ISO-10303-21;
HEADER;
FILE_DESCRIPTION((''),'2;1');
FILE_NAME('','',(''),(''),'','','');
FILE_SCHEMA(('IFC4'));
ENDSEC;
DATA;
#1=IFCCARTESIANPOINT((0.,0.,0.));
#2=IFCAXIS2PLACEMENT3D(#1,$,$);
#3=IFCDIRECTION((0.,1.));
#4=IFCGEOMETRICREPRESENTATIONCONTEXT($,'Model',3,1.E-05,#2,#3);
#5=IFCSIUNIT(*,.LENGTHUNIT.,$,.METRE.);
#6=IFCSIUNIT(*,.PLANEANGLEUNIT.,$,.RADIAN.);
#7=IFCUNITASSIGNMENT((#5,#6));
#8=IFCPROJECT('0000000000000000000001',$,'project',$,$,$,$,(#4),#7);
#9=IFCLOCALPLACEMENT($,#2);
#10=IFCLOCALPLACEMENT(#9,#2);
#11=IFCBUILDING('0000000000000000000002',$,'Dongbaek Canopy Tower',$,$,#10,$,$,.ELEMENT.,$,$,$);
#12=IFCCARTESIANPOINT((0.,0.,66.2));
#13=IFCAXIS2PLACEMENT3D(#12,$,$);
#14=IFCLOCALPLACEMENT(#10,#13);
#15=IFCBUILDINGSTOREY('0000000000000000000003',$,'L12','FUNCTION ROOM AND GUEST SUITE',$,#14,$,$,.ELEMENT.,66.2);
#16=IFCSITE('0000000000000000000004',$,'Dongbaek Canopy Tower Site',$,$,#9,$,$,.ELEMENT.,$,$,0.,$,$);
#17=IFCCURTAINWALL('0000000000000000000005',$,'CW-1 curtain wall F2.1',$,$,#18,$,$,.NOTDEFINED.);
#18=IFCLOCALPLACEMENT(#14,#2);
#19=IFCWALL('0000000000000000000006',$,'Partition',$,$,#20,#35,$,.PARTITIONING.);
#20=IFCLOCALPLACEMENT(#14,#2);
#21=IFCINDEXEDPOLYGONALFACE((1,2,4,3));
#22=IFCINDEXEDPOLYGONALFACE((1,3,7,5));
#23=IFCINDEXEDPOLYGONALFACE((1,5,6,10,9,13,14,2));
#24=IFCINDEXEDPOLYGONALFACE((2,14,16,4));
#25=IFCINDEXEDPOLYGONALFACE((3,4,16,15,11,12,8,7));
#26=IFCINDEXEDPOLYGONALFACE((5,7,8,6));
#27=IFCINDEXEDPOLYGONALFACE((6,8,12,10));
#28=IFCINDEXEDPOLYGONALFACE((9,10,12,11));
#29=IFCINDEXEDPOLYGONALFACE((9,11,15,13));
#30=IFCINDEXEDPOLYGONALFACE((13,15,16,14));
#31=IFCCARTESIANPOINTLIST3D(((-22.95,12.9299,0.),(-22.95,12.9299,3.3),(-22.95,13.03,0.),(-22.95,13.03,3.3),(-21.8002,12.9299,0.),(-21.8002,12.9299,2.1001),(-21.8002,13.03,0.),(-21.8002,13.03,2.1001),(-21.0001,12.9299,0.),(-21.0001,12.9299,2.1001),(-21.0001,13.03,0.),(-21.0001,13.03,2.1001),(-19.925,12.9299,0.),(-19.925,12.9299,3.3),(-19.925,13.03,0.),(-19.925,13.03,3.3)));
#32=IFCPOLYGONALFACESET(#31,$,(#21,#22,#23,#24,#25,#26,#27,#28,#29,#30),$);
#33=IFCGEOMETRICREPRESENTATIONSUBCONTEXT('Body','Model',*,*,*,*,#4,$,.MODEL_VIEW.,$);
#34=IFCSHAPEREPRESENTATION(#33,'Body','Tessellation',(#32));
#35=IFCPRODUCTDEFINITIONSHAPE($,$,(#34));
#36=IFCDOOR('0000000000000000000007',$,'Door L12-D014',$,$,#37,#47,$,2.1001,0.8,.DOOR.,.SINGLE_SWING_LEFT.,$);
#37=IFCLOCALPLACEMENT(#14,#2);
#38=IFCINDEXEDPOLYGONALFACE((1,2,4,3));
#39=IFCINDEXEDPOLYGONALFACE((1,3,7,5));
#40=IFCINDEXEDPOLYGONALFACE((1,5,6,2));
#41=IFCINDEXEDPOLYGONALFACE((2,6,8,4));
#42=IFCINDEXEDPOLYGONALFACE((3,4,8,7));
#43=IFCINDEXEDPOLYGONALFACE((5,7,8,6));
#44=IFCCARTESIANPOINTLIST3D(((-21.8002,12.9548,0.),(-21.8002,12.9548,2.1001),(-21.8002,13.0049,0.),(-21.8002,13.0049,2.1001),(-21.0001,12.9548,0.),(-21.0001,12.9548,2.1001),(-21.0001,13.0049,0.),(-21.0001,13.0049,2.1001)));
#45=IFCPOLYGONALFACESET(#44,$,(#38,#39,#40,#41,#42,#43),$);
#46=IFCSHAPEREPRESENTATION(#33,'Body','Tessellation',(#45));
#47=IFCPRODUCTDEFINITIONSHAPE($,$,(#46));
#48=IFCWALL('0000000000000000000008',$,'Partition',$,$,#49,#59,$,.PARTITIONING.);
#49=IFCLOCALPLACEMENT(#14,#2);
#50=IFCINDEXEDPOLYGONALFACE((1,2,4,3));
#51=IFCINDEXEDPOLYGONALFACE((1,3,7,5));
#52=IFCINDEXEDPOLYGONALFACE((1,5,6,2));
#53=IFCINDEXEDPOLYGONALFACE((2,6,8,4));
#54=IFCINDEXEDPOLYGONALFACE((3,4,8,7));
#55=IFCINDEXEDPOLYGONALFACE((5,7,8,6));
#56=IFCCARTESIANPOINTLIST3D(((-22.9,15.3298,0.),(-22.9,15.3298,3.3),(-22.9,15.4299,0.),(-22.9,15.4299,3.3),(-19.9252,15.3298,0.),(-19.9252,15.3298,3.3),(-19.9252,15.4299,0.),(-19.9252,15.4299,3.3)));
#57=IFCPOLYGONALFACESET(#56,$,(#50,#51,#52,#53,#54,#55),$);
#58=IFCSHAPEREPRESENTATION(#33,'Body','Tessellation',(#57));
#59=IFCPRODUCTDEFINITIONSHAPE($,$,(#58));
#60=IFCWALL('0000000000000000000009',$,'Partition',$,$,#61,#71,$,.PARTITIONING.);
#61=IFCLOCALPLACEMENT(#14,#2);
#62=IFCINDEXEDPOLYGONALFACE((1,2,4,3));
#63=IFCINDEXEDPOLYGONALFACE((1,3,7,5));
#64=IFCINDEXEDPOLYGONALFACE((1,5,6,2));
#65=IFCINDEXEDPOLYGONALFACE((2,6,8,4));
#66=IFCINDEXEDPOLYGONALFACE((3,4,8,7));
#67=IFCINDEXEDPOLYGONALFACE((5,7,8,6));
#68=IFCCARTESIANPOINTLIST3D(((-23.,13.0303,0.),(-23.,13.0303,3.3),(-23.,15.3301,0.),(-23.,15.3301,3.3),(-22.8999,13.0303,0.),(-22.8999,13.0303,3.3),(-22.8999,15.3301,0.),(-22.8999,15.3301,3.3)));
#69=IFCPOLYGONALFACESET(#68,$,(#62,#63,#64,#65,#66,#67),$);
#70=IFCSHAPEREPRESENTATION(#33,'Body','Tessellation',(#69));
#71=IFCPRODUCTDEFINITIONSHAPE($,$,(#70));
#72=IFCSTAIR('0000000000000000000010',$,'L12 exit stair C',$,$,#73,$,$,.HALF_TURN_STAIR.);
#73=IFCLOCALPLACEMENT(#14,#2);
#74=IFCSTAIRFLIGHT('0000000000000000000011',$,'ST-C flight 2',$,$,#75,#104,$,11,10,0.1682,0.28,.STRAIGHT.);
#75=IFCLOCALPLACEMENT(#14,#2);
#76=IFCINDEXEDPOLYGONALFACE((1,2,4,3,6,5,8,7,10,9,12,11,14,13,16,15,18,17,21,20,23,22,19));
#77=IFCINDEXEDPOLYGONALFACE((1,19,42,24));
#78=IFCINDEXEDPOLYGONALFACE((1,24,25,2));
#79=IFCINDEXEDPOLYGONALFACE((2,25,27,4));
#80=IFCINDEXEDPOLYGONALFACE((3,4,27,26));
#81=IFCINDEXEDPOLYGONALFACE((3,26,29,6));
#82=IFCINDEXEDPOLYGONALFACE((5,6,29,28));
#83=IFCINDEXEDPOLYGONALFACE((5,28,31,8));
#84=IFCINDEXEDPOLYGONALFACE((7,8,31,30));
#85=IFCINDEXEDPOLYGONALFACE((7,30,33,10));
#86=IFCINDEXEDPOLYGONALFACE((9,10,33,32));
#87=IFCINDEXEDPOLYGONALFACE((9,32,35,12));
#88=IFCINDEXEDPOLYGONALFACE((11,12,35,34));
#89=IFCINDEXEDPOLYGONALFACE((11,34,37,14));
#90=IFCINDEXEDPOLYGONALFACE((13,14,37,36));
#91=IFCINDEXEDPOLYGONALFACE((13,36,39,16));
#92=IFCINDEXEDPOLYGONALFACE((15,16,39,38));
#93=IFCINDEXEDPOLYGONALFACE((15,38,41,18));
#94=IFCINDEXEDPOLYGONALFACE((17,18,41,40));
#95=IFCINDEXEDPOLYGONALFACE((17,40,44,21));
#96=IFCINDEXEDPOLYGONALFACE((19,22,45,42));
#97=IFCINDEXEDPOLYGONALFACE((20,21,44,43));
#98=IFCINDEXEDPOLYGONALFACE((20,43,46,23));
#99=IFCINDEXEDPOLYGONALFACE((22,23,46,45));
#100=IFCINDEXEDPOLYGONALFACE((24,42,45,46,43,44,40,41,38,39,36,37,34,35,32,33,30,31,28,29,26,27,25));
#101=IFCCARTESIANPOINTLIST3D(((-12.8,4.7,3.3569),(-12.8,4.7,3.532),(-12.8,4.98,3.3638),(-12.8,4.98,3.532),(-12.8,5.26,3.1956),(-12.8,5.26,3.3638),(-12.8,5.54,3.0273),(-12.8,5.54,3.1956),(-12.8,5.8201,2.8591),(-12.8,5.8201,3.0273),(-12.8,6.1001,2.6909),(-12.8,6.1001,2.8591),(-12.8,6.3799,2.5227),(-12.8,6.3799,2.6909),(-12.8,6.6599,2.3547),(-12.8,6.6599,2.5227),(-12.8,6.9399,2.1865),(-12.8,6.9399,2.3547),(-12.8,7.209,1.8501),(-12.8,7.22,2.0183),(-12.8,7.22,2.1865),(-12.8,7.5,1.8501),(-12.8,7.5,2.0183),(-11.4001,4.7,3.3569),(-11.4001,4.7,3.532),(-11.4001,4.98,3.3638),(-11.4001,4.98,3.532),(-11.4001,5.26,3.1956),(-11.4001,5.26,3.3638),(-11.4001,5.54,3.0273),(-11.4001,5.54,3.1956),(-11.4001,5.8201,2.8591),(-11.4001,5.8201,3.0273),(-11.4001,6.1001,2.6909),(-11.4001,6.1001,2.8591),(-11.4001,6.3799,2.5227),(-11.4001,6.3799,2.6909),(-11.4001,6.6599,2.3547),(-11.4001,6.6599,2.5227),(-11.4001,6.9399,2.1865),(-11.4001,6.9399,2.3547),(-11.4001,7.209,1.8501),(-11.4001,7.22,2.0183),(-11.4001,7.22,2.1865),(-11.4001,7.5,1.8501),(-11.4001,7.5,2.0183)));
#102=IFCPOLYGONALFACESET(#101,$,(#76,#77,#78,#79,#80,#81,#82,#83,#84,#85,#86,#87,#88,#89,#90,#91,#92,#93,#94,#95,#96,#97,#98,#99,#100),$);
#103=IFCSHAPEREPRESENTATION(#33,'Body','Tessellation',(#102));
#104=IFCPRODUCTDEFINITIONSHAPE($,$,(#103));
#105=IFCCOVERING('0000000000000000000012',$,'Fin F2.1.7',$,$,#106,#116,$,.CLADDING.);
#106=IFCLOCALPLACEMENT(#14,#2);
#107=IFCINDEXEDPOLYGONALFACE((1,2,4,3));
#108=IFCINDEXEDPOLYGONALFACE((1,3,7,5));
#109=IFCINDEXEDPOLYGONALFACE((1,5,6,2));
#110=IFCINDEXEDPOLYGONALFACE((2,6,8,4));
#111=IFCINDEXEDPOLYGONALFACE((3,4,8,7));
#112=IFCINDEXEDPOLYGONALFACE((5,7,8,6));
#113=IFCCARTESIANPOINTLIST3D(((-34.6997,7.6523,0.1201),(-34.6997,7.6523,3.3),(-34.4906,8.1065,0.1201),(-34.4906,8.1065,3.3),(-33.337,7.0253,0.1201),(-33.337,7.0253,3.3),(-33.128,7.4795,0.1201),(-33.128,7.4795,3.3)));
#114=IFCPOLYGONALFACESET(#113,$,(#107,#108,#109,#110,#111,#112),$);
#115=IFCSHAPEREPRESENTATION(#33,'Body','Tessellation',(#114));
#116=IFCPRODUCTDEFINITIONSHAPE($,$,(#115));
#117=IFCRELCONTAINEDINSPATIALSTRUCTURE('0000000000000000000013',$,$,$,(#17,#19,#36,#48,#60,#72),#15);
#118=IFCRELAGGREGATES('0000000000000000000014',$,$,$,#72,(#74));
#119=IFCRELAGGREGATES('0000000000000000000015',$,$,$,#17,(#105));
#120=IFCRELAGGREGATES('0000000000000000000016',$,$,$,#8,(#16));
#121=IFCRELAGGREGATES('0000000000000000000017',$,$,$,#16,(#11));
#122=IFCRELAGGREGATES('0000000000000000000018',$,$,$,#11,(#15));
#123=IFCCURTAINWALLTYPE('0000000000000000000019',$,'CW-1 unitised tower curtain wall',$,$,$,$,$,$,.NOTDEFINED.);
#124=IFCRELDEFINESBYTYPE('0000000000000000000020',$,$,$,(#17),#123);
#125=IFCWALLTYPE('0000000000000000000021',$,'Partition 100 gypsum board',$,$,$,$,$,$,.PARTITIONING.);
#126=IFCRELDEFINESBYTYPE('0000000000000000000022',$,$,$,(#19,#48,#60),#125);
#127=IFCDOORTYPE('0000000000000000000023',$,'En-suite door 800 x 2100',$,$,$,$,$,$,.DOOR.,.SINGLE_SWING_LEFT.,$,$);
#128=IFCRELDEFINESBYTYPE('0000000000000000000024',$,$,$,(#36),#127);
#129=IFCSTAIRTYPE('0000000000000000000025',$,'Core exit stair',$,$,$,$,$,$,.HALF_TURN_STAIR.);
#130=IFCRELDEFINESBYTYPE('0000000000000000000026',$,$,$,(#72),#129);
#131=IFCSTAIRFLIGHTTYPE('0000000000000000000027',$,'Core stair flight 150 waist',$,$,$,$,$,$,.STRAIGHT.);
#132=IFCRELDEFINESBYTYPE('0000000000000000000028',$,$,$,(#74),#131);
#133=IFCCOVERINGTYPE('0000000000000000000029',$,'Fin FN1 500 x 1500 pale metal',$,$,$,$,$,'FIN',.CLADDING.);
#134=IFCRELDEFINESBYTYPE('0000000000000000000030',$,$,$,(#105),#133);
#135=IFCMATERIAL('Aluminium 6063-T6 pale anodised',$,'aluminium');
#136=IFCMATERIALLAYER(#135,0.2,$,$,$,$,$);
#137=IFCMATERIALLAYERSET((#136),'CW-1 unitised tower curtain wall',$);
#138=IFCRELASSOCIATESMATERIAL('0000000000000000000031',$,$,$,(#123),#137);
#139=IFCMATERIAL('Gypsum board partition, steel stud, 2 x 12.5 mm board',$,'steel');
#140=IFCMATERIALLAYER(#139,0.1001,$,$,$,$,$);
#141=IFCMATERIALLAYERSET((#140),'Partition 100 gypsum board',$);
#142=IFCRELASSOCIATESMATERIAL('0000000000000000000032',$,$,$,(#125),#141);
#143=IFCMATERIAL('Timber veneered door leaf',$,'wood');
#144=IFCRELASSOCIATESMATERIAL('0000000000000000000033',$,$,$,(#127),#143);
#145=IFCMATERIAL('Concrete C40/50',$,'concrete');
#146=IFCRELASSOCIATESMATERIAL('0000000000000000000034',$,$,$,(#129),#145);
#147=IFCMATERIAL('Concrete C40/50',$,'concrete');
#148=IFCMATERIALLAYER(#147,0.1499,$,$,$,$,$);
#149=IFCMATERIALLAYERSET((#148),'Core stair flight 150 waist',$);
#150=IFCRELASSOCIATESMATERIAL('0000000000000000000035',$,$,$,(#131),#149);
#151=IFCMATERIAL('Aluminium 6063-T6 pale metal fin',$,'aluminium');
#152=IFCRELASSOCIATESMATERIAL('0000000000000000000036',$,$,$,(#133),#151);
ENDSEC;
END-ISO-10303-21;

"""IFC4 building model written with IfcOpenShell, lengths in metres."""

from ifc_helpers import new_model, si_unit, direction, frame, frame_2d, origin, origin_2d, place, context, subcontext, project, spatial, polyline, rectangle, outline, extrude, material, layer, layer_set, material_profile, profile_set, type_object, element, fill, aggregate, save


model = new_model("IFC4")

# Units and contexts
model_context = context("Model", 3, precision=1e-05, world=origin(), true_north=direction((0.0, 1.0)))
body_context = subcontext(model_context, "Body", "Model", "MODEL_VIEW")
ifc_project = project(units=[si_unit("LENGTHUNIT", "METRE"), si_unit("PLANEANGLEUNIT", "RADIAN")], contexts=[model_context])

# Site, building, storey
site_placement = place(None, origin())
site = spatial("IfcSite", under=ifc_project, at=site_placement, Name="Dongbaek Canopy Tower Site", CompositionType="ELEMENT", RefElevation=0.0)
building_placement = place(site_placement, origin())
building = spatial("IfcBuilding", under=site, at=building_placement, Name="Dongbaek Canopy Tower", CompositionType="ELEMENT")
storey_placement = place(building_placement, frame((0.0, 0.0, 66.2)))
storey = spatial("IfcBuildingStorey", under=building, at=storey_placement, Name="L12", Description="FUNCTION ROOM AND GUEST SUITE", CompositionType="ELEMENT", Elevation=66.2)

# Curtain wall
ifc_material_1 = material(Name="Aluminium 6063-T6 pale anodised", Category="aluminium")
ifc_layer_1 = layer(ifc_material_1, 0.2)
ifc_layer_set_1 = layer_set([ifc_layer_1], Name="CW-1 unitised tower curtain wall")
curtain_wall_type = type_object("IfcCurtainWallType", Name="CW-1 unitised tower curtain wall", PredefinedType="NOTDEFINED", material=ifc_layer_set_1)
curtain_wall_placement = place(storey_placement, origin())
curtain_wall = element("IfcCurtainWall", 1, at=curtain_wall_placement, inside=storey, type_object=curtain_wall_type, Name="CW-1 curtain wall F2.1", PredefinedType="NOTDEFINED")

# Shared definitions
ifc_material_2 = material(Name="Gypsum board partition, steel stud, 2 x 12.5 mm board", Category="steel")
ifc_layer_2 = layer(ifc_material_2, 0.1001)
ifc_layer_set_2 = layer_set([ifc_layer_2], Name="Partition 100 gypsum board")
wall_type_1 = type_object("IfcWallType", Name="Partition 100 gypsum board", PredefinedType="PARTITIONING", material=ifc_layer_set_2)

# Shared definitions
ifc_material_3 = material(Name="Timber veneered door leaf", Category="wood")
door_type_1 = type_object("IfcDoorType", Name="En-suite door 800 x 2100", OperationType="SINGLE_SWING_LEFT", PredefinedType="DOOR", material=ifc_material_3)

# Wall, opening, door
wall_1_placement = place(storey_placement, frame((-22.95, 12.98, 0.0), z_axis=(0.0, 0.0, 1.0), x_axis=(1.0, 0.0, 0.0)))
wall_1 = element("IfcWall", 2, at=wall_1_placement, inside=storey, type_object=wall_type_1, Name="Partition", PredefinedType="PARTITIONING", context=body_context, shape_type="SweptSolid", body=[
    extrude(rectangle(XDim=3.0249, YDim=0.1001, at=frame_2d((1.5125, 0.0))), origin(), (0.0, 0.0, 1.0), 3.3),
])
opening_1_placement = place(wall_1_placement, frame((1.1499, 0.0, 0.0)))
opening_1 = element("IfcOpeningElement", 3, at=opening_1_placement, cuts=wall_1, PredefinedType="OPENING", context=body_context, shape_type="SweptSolid", body=[
    extrude(rectangle(XDim=0.8, YDim=2.1001, at=frame_2d((0.3999, 1.05))), frame((0.0, 0.0601, 0.0), z_axis=(0.0, -1.0, 0.0), x_axis=(1.0, 0.0, 0.0)), (0.0, 0.0, 1.0), 0.1201),
])
door_1_placement = place(opening_1_placement, origin())
door_1 = element("IfcDoor", 4, at=door_1_placement, inside=storey, type_object=door_type_1, Name="Door L12-D014", OperationType="SINGLE_SWING_LEFT", OverallHeight=2.1001, OverallWidth=0.8, PredefinedType="DOOR", context=body_context, shape_type="SweptSolid", body=[
    extrude(rectangle(XDim=0.8, YDim=2.1001, at=frame_2d((0.3999, 1.05))), frame((0.0, 0.0249, 0.0), z_axis=(0.0, -1.0, 0.0), x_axis=(1.0, 0.0, 0.0)), (0.0, 0.0, 1.0), 0.05),
])
fill(opening_1, door_1)

# Walls
wall_2_placement = place(storey_placement, frame((-22.8999, 15.3799, 0.0), z_axis=(0.0, 0.0, 1.0), x_axis=(1.0, 0.0, 0.0)))
element("IfcWall", 5, at=wall_2_placement, inside=storey, type_object=wall_type_1, Name="Partition", PredefinedType="PARTITIONING", context=body_context, shape_type="SweptSolid", body=[
    extrude(rectangle(XDim=2.9749, YDim=0.1001, at=frame_2d((1.4873, 0.0))), origin(), (0.0, 0.0, 1.0), 3.3),
])
wall_3_placement = place(storey_placement, frame((-22.95, 13.0303, 0.0), z_axis=(0.0, 0.0, 1.0), x_axis=(0.0, 1.0, 0.0)))
element("IfcWall", 6, at=wall_3_placement, inside=storey, type_object=wall_type_1, Name="Partition", PredefinedType="PARTITIONING", context=body_context, shape_type="SweptSolid", body=[
    extrude(rectangle(XDim=2.2998, YDim=0.1001, at=frame_2d((1.1499, 0.0))), origin(), (0.0, 0.0, 1.0), 3.3),
])

# Stair, stair flight
ifc_material_4 = material(Name="Concrete C40/50", Category="concrete")
stair_type = type_object("IfcStairType", Name="Core exit stair", PredefinedType="HALF_TURN_STAIR", material=ifc_material_4)
stair_placement = place(storey_placement, origin())
stair = element("IfcStair", 7, at=stair_placement, inside=storey, type_object=stair_type, Name="L12 exit stair C", PredefinedType="HALF_TURN_STAIR")
ifc_material_5 = material(Name="Concrete C40/50", Category="concrete")
ifc_layer_3 = layer(ifc_material_5, 0.1499)
ifc_layer_set_3 = layer_set([ifc_layer_3], Name="Core stair flight 150 waist")
stair_flight_type = type_object("IfcStairFlightType", Name="Core stair flight 150 waist", PredefinedType="STRAIGHT", material=ifc_layer_set_3)
stair_flight_placement = place(storey_placement, frame((-12.1001, 7.5, 1.8501), z_axis=(0.0, 0.0, 1.0), x_axis=(0.0, -1.0, 0.0)))
stair_flight = element("IfcStairFlight", 8, at=stair_flight_placement, type_object=stair_flight_type, Name="ST-C flight 2", NumberOfRisers=11, NumberOfTreads=10, PredefinedType="STRAIGHT", RiserHeight=0.1682, TreadLength=0.28, context=body_context, shape_type="SweptSolid", body=[
    extrude(outline(polyline([(0.0, 0.0), (0.0, 0.1682), (0.28, 0.1682), (0.28, 0.3364), (0.5601, 0.3364), (0.5601, 0.5046), (0.8401, 0.5046), (0.8401, 0.6726), (1.1201, 0.6726), (1.1201, 0.8408), (1.3999, 0.8408), (1.3999, 1.009), (1.6799, 1.009), (1.6799, 1.1772), (1.96, 1.1772), (1.96, 1.3455), (2.24, 1.3455), (2.24, 1.5137), (2.52, 1.5137), (2.52, 1.6819), (2.8, 1.6819), (2.8, 1.8501), (2.8, 1.5068), (0.291, 0.0), (0.0, 0.0)])), frame((0.0, 0.7, 0.0), z_axis=(0.0, -1.0, 0.0), x_axis=(1.0, 0.0, 0.0)), (0.0, 0.0, 1.0), 1.3999),
])
aggregate(stair, [stair_flight])

# Covering
ifc_material_6 = material(Name="Aluminium 6063-T6 pale metal fin", Category="aluminium")
ifc_material_profile_1 = material_profile(ifc_material_6, rectangle(XDim=1.5, YDim=0.5, at=origin_2d()), Name="Fin FN1 500 x 1500 pale metal")
ifc_profile_set_1 = profile_set([ifc_material_profile_1], Name="Aluminium 6063-T6 pale metal fin")
covering_type = type_object("IfcCoveringType", Name="Fin FN1 500 x 1500 pale metal", ElementType="FIN", PredefinedType="CLADDING", material=ifc_profile_set_1)
covering_placement = place(storey_placement, frame((-33.9138, 7.5659, 0.1201), z_axis=(0.0, 0.0, 1.0), x_axis=(-0.908436, 0.418025, 0.0)))
covering = element("IfcCovering", 9, at=covering_placement, type_object=covering_type, Name="Fin F2.1.7", PredefinedType="CLADDING", context=body_context, shape_type="SweptSolid", body=[
    extrude(rectangle(XDim=1.5, YDim=0.5, at=origin_2d()), origin(), (0.0, 0.0, 1.0), 3.1799),
])
aggregate(curtain_wall, [covering])

save(model, "model.ifc")
